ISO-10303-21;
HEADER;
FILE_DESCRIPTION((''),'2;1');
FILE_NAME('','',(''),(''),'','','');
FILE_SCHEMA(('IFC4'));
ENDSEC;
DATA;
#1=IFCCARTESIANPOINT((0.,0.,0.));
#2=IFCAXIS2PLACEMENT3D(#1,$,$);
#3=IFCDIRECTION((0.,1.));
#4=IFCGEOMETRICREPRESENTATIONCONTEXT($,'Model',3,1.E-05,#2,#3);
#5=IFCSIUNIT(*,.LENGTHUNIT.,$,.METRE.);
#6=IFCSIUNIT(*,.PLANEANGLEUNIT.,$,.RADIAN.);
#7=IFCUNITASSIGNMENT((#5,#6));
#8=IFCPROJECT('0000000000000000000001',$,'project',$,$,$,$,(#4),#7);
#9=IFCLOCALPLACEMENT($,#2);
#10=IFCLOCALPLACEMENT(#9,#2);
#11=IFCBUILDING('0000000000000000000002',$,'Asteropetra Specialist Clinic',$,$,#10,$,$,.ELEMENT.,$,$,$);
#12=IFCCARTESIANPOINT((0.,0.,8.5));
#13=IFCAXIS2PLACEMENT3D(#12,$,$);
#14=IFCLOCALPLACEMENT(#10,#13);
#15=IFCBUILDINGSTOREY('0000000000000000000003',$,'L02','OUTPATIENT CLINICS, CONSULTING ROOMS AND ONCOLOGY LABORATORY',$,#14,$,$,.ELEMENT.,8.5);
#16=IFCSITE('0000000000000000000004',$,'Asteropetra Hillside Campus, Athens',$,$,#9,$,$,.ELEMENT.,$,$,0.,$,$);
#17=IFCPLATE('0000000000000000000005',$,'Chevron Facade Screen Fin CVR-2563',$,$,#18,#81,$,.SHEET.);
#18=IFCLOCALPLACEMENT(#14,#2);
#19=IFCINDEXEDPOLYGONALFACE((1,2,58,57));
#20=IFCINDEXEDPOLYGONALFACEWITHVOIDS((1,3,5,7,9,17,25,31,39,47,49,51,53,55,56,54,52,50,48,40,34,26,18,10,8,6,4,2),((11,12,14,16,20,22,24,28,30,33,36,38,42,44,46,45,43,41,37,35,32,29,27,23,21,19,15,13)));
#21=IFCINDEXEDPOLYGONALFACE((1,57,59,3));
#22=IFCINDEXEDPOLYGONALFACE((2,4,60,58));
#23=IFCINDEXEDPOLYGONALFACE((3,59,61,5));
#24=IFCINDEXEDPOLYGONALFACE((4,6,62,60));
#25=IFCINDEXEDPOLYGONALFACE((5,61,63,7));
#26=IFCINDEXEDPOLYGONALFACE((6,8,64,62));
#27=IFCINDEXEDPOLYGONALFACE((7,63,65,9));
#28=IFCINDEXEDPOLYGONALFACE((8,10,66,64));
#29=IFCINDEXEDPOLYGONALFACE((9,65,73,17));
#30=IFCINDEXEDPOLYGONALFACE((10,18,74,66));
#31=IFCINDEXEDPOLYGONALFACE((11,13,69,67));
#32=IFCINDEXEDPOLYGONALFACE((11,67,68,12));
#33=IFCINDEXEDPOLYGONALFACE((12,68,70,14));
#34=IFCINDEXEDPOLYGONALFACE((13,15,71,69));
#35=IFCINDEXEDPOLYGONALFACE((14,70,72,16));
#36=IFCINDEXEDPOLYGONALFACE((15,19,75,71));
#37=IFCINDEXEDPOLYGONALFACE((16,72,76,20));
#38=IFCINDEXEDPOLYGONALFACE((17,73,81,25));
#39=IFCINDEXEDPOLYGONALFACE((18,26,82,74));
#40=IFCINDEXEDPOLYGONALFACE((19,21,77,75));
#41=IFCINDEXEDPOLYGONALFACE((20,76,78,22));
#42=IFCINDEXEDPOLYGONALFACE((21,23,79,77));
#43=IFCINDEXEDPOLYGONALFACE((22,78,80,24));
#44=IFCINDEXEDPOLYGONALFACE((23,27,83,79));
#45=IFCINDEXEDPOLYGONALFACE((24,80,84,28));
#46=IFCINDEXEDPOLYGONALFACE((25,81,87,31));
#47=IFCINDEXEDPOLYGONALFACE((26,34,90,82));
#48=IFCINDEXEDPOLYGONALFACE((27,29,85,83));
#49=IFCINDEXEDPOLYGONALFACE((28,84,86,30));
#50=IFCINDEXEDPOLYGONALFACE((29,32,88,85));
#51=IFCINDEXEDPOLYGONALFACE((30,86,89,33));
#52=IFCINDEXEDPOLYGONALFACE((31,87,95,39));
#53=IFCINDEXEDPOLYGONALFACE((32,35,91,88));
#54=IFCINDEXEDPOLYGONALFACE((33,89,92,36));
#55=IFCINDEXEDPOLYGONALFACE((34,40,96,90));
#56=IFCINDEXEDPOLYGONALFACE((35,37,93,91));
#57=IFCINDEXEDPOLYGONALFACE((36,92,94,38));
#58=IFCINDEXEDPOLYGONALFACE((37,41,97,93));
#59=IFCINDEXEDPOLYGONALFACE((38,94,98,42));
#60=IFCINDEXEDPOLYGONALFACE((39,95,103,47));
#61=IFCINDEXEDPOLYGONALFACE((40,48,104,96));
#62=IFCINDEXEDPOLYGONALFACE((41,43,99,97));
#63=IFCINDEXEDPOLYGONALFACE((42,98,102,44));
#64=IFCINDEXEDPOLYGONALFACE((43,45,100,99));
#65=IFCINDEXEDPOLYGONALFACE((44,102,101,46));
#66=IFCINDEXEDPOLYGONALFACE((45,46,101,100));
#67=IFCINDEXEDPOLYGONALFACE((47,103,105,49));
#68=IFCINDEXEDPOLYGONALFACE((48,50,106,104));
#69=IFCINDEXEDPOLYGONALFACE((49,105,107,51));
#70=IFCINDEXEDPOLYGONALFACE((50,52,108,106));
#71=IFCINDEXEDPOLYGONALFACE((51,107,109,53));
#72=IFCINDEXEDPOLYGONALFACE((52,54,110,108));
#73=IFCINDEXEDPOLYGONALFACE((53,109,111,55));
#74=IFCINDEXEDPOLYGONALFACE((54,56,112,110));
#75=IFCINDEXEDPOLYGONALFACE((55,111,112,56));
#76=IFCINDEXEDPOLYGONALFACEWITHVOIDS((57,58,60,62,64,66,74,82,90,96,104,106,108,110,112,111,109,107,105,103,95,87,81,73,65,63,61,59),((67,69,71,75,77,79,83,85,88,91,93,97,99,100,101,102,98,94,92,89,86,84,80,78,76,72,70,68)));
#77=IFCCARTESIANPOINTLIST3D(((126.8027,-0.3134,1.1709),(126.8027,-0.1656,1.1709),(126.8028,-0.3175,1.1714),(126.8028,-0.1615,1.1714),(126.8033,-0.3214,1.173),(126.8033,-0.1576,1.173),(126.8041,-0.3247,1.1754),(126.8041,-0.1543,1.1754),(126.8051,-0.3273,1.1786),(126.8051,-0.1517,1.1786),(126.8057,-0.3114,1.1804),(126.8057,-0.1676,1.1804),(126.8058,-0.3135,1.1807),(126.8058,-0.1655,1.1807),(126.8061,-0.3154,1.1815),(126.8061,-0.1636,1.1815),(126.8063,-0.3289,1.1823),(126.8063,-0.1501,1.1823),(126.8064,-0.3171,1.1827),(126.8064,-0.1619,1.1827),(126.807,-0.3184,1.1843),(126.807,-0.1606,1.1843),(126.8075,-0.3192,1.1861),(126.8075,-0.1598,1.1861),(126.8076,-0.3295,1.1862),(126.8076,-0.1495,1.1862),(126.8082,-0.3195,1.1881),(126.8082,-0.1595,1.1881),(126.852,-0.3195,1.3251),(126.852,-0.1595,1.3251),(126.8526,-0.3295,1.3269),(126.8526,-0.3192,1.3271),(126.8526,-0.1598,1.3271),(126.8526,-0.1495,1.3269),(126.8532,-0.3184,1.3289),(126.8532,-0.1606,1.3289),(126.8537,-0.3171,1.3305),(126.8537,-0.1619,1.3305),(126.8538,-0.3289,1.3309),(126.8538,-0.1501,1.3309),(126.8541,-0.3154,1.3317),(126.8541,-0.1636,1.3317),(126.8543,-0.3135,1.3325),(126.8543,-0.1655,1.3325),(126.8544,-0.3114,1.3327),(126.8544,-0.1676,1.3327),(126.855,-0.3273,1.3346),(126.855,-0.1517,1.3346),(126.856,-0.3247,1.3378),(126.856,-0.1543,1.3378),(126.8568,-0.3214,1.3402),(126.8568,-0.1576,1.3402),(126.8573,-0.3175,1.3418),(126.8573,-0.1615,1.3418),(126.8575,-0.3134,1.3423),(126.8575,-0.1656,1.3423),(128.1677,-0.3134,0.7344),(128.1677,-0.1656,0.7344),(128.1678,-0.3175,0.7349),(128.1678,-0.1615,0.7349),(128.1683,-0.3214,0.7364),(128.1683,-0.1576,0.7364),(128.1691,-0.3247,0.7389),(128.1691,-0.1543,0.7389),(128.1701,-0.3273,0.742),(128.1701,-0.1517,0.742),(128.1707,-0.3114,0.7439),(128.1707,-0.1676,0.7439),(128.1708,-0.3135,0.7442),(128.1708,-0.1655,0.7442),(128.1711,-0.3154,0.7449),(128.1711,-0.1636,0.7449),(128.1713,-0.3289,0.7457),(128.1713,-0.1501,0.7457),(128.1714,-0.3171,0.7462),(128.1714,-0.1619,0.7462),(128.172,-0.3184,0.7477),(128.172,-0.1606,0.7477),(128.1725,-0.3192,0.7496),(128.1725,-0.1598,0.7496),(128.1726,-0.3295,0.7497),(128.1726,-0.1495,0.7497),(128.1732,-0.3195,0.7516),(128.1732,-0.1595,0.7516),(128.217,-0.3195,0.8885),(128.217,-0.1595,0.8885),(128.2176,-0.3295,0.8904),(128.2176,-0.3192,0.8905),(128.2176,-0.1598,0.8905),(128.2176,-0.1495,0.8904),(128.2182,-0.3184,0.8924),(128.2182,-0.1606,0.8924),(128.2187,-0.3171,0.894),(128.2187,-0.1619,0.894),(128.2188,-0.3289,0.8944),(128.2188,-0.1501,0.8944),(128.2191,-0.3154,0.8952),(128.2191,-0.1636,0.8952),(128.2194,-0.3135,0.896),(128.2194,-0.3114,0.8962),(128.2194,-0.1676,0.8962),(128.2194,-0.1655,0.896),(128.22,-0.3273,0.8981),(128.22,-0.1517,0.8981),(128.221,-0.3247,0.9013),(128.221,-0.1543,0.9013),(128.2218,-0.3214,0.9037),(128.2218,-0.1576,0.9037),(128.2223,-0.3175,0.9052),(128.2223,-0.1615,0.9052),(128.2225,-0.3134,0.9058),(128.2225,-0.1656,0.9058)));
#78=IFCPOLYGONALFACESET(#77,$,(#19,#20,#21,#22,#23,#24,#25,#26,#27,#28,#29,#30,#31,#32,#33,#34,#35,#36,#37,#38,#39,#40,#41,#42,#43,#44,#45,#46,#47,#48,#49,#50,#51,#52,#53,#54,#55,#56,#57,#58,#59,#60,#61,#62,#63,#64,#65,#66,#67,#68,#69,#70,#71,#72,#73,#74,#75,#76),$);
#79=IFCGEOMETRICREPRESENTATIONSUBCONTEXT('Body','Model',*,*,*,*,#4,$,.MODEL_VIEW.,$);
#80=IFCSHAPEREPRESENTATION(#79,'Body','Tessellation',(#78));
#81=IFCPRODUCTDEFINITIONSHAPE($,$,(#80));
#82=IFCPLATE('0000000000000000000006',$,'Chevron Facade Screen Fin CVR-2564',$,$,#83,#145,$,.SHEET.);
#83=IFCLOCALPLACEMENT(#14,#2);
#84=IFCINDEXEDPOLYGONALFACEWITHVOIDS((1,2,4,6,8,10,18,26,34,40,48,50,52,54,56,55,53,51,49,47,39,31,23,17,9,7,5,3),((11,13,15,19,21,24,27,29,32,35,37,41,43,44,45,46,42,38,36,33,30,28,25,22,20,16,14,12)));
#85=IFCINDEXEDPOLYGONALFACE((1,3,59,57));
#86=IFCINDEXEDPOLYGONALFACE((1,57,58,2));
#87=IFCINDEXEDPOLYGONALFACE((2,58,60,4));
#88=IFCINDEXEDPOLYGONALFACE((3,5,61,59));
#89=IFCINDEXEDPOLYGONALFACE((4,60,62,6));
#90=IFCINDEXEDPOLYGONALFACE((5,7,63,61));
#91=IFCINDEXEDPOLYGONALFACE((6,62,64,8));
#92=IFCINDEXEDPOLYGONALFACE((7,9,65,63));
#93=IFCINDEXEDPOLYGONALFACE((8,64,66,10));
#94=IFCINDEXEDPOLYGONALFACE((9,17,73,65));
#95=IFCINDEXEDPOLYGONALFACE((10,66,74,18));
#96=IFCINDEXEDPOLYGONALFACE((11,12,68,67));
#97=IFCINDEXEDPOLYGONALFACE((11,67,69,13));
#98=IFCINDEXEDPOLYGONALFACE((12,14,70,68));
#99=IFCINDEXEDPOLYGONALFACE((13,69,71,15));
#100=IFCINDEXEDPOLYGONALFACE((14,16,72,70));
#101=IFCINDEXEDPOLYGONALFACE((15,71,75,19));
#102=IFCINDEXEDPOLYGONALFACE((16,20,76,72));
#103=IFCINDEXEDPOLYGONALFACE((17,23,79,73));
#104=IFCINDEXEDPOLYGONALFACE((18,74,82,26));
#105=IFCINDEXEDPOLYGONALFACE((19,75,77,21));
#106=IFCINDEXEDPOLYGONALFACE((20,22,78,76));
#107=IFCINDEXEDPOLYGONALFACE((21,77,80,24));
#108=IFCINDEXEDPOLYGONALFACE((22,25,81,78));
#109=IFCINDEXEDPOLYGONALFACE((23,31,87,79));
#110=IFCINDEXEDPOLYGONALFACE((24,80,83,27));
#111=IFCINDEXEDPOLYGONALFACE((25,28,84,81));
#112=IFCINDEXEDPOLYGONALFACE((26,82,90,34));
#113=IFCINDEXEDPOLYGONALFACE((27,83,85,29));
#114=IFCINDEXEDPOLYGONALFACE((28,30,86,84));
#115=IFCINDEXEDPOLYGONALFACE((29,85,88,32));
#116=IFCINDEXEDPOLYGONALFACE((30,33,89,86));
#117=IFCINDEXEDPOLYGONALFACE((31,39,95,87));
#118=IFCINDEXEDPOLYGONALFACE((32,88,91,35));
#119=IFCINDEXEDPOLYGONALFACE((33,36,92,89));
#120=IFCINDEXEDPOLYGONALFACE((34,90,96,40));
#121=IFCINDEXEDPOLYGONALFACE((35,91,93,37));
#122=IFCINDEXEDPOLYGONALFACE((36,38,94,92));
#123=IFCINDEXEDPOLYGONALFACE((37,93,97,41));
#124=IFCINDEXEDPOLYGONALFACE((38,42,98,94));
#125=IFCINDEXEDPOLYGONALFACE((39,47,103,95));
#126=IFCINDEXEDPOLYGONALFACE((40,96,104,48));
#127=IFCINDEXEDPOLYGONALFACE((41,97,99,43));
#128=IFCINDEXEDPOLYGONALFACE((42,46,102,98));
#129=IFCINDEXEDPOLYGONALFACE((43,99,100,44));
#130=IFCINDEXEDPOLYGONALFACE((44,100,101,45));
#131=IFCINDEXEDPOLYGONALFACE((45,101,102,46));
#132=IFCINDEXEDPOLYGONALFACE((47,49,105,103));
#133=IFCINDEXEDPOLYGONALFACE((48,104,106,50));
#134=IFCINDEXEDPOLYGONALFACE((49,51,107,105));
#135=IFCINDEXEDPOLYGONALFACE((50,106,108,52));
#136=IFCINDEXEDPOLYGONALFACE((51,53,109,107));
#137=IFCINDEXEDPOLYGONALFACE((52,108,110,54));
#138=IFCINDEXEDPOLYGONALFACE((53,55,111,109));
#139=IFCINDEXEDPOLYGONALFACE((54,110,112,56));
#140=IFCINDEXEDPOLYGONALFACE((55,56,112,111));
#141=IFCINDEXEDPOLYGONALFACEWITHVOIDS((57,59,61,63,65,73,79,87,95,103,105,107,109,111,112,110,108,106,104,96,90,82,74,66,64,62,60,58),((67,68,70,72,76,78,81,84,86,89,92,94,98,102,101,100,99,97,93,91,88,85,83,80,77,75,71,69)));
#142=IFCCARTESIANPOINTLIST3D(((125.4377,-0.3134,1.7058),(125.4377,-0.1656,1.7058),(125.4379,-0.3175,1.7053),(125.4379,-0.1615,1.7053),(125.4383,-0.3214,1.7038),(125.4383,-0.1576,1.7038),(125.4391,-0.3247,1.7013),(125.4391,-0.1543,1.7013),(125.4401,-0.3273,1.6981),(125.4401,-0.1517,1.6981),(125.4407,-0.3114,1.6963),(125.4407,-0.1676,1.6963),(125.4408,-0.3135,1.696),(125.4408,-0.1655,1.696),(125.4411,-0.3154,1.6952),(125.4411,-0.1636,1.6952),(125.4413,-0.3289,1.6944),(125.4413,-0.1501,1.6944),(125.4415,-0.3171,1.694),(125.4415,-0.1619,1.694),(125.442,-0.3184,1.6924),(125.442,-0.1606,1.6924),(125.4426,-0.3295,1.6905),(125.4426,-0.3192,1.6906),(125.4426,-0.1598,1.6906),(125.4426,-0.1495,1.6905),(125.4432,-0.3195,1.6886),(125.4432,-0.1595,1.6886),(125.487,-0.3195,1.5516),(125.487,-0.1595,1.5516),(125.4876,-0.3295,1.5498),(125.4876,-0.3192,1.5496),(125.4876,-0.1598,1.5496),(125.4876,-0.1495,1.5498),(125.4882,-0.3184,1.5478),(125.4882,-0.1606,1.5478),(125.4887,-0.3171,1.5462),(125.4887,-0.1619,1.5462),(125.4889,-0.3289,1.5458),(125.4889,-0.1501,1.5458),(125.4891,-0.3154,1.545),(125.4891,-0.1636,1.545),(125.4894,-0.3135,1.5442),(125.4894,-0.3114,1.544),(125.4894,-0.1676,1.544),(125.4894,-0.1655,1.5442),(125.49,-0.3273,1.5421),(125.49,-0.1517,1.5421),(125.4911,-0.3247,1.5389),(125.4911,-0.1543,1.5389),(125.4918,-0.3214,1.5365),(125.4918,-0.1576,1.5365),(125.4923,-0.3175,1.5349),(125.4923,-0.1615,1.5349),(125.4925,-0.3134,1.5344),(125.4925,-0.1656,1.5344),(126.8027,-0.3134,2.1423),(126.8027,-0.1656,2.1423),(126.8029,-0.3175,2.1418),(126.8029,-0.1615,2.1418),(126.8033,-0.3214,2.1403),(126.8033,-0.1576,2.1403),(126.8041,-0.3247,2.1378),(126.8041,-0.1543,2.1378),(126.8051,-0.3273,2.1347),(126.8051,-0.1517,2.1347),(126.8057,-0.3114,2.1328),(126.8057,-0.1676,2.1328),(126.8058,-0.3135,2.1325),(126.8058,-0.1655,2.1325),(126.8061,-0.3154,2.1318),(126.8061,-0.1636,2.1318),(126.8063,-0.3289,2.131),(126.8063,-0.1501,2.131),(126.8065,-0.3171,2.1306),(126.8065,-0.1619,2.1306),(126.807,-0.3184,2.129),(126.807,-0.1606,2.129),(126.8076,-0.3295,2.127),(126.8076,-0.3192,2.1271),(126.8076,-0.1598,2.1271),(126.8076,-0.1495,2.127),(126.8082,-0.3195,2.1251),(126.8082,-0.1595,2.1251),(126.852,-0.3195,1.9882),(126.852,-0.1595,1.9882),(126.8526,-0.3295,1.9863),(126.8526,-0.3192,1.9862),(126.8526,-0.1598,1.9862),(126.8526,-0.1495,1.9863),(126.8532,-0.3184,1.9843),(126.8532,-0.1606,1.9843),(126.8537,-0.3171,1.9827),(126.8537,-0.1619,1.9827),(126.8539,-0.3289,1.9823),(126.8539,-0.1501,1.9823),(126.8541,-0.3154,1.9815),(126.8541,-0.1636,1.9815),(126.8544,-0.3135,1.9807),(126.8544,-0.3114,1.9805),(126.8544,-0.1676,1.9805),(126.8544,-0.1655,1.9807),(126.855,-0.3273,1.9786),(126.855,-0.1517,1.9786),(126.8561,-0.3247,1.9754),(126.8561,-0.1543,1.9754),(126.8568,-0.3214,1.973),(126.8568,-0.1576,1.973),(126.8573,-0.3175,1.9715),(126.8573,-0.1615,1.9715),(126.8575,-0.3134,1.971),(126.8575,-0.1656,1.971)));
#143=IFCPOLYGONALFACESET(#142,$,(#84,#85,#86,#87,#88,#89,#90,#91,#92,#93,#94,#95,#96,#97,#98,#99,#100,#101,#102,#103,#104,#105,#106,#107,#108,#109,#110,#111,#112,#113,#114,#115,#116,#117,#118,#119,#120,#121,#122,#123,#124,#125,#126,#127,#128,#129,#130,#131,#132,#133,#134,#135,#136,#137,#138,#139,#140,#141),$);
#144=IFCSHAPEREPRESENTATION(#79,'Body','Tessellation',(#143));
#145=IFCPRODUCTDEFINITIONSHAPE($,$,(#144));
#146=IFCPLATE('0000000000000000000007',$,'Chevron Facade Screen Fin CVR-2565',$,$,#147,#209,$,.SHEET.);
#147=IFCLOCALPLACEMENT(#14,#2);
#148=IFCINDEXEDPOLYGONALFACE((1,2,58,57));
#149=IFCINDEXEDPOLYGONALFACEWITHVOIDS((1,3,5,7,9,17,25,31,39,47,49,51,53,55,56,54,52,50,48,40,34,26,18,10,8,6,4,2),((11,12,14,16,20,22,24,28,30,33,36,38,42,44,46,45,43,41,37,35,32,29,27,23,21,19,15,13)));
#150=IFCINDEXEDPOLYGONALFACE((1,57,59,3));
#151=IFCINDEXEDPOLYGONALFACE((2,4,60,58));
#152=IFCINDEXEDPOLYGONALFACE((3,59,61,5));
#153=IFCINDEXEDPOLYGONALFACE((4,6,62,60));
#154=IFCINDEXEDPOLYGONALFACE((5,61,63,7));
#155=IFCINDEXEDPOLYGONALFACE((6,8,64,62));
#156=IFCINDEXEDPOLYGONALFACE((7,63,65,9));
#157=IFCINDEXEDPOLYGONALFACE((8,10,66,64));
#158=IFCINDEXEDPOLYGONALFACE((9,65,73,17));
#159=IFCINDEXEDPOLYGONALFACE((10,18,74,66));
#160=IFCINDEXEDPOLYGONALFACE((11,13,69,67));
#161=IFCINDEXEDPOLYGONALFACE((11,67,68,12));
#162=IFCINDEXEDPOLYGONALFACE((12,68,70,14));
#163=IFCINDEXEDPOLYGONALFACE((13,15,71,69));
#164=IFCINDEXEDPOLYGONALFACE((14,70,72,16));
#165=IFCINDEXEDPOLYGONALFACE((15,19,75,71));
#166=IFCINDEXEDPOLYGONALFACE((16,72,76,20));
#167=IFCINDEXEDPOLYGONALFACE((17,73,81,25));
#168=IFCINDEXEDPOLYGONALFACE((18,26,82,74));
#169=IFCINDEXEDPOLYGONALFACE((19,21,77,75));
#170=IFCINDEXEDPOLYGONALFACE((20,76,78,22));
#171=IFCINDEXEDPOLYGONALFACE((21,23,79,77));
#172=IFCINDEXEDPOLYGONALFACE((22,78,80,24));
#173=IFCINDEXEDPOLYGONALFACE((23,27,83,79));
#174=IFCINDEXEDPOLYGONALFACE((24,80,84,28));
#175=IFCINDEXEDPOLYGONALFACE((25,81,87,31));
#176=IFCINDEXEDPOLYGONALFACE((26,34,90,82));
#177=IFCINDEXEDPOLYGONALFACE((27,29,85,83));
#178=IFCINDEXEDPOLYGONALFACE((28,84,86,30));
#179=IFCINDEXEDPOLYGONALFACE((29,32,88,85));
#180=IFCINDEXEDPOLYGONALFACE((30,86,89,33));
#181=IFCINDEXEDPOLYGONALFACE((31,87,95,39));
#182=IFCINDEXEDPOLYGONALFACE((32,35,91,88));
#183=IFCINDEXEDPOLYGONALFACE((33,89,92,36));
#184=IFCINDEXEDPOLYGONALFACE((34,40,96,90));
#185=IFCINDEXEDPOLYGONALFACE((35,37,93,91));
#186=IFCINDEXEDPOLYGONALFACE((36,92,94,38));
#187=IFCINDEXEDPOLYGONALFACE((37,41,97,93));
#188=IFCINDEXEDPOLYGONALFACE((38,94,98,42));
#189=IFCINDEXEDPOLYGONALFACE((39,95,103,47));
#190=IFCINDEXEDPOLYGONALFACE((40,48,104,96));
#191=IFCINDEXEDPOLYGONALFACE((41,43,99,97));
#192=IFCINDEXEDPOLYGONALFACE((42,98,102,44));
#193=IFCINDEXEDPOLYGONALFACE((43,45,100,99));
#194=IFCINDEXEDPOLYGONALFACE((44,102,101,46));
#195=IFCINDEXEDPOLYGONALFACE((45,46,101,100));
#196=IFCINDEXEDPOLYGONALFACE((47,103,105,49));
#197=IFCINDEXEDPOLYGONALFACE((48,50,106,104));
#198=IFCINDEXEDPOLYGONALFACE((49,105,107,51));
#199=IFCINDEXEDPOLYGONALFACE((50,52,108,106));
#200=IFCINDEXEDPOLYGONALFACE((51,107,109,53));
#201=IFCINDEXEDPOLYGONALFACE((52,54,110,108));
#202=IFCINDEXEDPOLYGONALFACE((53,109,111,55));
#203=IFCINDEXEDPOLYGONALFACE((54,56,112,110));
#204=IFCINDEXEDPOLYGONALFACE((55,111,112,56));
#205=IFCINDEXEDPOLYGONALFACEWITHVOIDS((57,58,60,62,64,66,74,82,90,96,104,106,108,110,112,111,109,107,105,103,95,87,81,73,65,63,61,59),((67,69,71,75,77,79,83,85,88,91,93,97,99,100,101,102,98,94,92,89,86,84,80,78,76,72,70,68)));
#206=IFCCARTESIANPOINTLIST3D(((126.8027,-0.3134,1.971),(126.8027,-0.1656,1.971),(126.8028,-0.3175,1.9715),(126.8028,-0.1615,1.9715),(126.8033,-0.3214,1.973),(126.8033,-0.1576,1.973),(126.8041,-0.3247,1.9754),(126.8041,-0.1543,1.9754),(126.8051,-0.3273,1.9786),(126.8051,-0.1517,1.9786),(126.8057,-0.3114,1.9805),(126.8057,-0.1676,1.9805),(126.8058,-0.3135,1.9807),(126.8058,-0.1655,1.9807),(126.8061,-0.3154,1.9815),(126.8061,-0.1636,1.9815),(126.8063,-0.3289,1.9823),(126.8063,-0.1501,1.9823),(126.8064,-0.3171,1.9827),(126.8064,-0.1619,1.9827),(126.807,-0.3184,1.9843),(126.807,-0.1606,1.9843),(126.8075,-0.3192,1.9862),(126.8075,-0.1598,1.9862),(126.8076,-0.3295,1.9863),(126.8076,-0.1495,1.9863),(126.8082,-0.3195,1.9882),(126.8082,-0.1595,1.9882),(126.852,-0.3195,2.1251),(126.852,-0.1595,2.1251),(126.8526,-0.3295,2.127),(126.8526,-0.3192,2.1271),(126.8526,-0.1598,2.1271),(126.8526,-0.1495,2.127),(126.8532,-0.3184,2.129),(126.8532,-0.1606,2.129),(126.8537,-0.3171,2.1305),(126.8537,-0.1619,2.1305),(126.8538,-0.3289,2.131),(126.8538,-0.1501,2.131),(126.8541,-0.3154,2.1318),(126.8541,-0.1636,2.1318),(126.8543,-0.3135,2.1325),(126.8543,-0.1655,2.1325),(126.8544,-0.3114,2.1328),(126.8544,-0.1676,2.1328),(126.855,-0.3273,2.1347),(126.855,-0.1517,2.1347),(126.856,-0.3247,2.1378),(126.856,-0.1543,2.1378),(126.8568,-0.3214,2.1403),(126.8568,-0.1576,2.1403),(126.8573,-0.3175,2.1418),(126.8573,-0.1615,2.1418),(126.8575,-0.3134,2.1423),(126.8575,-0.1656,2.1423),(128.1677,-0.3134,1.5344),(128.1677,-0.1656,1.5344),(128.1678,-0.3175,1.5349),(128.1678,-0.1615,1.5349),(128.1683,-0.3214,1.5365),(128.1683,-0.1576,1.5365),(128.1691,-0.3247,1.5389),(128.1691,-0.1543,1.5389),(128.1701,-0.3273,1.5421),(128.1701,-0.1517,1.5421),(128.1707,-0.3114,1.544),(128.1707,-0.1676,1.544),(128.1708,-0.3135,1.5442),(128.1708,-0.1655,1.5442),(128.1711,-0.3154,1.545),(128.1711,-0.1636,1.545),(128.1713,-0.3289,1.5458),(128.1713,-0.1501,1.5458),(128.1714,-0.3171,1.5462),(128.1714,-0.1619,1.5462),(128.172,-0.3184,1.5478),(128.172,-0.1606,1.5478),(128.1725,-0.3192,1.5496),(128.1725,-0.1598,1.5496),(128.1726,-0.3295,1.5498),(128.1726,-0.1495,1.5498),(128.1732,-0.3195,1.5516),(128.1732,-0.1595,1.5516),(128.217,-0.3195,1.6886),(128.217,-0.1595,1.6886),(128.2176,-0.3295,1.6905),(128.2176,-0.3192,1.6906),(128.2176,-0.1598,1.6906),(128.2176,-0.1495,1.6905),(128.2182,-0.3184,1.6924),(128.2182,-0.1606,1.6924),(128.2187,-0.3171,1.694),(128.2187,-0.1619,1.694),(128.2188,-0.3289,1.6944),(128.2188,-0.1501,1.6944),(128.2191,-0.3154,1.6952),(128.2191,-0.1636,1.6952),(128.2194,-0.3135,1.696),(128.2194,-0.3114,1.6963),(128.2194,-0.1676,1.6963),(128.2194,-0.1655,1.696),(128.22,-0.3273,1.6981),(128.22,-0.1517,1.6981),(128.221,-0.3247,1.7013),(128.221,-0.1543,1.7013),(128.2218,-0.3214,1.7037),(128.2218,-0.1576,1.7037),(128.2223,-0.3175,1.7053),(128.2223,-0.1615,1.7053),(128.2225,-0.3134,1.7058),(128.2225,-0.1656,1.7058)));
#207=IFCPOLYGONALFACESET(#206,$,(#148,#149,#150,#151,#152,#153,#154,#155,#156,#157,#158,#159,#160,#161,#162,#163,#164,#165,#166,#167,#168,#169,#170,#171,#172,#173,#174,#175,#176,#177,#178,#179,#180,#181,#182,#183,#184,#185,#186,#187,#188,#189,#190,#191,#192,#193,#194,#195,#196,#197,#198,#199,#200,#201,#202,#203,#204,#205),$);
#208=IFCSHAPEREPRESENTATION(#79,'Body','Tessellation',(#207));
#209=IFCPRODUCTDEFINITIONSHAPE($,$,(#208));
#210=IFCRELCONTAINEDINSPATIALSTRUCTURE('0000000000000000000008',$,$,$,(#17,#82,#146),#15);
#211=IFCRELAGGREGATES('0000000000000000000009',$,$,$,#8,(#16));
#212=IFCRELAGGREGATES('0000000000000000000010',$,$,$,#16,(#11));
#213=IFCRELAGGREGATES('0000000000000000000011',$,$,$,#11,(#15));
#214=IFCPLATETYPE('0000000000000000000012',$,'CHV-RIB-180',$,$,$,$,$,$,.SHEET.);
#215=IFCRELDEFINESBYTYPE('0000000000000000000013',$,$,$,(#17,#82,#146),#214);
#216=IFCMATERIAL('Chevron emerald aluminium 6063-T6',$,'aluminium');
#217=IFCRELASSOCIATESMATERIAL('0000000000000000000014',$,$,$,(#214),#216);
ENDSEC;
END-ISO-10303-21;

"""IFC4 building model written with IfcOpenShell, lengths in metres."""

from ifc_helpers import new_model, si_unit, direction, frame, origin, origin_2d, place, context, subcontext, project, spatial, hollow_rectangle, extrude, material, material_profile, profile_set, type_object, element, save


model = new_model("IFC4")

# Units and contexts
model_context = context("Model", 3, precision=1e-05, world=origin(), true_north=direction((0.0, 1.0)))
body_context = subcontext(model_context, "Body", "Model", "MODEL_VIEW")
ifc_project = project(units=[si_unit("LENGTHUNIT", "METRE"), si_unit("PLANEANGLEUNIT", "RADIAN")], contexts=[model_context])

# Site, building, storey
site_placement = place(None, origin())
site = spatial("IfcSite", under=ifc_project, at=site_placement, Name="Asteropetra Hillside Campus, Athens", CompositionType="ELEMENT", RefElevation=0.0)
building_placement = place(site_placement, origin())
building = spatial("IfcBuilding", under=site, at=building_placement, Name="Asteropetra Specialist Clinic", CompositionType="ELEMENT")
storey_placement = place(building_placement, frame((0.0, 0.0, 8.5)))
storey = spatial("IfcBuildingStorey", under=building, at=storey_placement, Name="L02", Description="OUTPATIENT CLINICS, CONSULTING ROOMS AND ONCOLOGY LABORATORY", CompositionType="ELEMENT", Elevation=8.5)

# Plates
ifc_material_1 = material(Name="Chevron emerald aluminium 6063-T6", Category="aluminium")
ifc_material_profile = material_profile(ifc_material_1, hollow_rectangle(XDim=0.1799, YDim=0.1799, WallThickness=0.01, InnerFilletRadius=0.0081, OuterFilletRadius=0.0161, at=origin_2d()), Name="SHS 180x180x10.0")
ifc_profile_set = profile_set([ifc_material_profile], Name="Chevron emerald aluminium 6063-T6")
plate_type = type_object("IfcPlateType", Name="CHV-RIB-180", PredefinedType="SHEET", material=ifc_profile_set)
for number, where, z_axis, x_axis, name in (
    (1, (126.8301, -0.2395, 1.2566), (0.95248, 0.0, -0.304603), (0.0, 1.0, 0.0), "Chevron Facade Screen Fin CVR-2563"),
    (2, (125.4651, -0.2395, 1.6201), (0.95248, 0.0, 0.304603), (0.0, 1.0, 0.0), "Chevron Facade Screen Fin CVR-2564"),
    (3, (126.8301, -0.2395, 2.0566), (0.95248, 0.0, -0.304603), (0.0, 1.0, 0.0), "Chevron Facade Screen Fin CVR-2565"),
):
    element("IfcPlate", number, at=place(storey_placement, frame(where, z_axis=z_axis, x_axis=x_axis)), inside=storey, type_object=plate_type, Name=name, PredefinedType="SHEET", context=body_context, shape_type="SweptSolid", body=[
        extrude(hollow_rectangle(XDim=0.1799, YDim=0.1799, WallThickness=0.01, InnerFilletRadius=0.0081, OuterFilletRadius=0.0161, at=origin_2d()), origin(), (0.0, 0.0, 1.0), 1.4331),
    ])

save(model, "model.ifc")
